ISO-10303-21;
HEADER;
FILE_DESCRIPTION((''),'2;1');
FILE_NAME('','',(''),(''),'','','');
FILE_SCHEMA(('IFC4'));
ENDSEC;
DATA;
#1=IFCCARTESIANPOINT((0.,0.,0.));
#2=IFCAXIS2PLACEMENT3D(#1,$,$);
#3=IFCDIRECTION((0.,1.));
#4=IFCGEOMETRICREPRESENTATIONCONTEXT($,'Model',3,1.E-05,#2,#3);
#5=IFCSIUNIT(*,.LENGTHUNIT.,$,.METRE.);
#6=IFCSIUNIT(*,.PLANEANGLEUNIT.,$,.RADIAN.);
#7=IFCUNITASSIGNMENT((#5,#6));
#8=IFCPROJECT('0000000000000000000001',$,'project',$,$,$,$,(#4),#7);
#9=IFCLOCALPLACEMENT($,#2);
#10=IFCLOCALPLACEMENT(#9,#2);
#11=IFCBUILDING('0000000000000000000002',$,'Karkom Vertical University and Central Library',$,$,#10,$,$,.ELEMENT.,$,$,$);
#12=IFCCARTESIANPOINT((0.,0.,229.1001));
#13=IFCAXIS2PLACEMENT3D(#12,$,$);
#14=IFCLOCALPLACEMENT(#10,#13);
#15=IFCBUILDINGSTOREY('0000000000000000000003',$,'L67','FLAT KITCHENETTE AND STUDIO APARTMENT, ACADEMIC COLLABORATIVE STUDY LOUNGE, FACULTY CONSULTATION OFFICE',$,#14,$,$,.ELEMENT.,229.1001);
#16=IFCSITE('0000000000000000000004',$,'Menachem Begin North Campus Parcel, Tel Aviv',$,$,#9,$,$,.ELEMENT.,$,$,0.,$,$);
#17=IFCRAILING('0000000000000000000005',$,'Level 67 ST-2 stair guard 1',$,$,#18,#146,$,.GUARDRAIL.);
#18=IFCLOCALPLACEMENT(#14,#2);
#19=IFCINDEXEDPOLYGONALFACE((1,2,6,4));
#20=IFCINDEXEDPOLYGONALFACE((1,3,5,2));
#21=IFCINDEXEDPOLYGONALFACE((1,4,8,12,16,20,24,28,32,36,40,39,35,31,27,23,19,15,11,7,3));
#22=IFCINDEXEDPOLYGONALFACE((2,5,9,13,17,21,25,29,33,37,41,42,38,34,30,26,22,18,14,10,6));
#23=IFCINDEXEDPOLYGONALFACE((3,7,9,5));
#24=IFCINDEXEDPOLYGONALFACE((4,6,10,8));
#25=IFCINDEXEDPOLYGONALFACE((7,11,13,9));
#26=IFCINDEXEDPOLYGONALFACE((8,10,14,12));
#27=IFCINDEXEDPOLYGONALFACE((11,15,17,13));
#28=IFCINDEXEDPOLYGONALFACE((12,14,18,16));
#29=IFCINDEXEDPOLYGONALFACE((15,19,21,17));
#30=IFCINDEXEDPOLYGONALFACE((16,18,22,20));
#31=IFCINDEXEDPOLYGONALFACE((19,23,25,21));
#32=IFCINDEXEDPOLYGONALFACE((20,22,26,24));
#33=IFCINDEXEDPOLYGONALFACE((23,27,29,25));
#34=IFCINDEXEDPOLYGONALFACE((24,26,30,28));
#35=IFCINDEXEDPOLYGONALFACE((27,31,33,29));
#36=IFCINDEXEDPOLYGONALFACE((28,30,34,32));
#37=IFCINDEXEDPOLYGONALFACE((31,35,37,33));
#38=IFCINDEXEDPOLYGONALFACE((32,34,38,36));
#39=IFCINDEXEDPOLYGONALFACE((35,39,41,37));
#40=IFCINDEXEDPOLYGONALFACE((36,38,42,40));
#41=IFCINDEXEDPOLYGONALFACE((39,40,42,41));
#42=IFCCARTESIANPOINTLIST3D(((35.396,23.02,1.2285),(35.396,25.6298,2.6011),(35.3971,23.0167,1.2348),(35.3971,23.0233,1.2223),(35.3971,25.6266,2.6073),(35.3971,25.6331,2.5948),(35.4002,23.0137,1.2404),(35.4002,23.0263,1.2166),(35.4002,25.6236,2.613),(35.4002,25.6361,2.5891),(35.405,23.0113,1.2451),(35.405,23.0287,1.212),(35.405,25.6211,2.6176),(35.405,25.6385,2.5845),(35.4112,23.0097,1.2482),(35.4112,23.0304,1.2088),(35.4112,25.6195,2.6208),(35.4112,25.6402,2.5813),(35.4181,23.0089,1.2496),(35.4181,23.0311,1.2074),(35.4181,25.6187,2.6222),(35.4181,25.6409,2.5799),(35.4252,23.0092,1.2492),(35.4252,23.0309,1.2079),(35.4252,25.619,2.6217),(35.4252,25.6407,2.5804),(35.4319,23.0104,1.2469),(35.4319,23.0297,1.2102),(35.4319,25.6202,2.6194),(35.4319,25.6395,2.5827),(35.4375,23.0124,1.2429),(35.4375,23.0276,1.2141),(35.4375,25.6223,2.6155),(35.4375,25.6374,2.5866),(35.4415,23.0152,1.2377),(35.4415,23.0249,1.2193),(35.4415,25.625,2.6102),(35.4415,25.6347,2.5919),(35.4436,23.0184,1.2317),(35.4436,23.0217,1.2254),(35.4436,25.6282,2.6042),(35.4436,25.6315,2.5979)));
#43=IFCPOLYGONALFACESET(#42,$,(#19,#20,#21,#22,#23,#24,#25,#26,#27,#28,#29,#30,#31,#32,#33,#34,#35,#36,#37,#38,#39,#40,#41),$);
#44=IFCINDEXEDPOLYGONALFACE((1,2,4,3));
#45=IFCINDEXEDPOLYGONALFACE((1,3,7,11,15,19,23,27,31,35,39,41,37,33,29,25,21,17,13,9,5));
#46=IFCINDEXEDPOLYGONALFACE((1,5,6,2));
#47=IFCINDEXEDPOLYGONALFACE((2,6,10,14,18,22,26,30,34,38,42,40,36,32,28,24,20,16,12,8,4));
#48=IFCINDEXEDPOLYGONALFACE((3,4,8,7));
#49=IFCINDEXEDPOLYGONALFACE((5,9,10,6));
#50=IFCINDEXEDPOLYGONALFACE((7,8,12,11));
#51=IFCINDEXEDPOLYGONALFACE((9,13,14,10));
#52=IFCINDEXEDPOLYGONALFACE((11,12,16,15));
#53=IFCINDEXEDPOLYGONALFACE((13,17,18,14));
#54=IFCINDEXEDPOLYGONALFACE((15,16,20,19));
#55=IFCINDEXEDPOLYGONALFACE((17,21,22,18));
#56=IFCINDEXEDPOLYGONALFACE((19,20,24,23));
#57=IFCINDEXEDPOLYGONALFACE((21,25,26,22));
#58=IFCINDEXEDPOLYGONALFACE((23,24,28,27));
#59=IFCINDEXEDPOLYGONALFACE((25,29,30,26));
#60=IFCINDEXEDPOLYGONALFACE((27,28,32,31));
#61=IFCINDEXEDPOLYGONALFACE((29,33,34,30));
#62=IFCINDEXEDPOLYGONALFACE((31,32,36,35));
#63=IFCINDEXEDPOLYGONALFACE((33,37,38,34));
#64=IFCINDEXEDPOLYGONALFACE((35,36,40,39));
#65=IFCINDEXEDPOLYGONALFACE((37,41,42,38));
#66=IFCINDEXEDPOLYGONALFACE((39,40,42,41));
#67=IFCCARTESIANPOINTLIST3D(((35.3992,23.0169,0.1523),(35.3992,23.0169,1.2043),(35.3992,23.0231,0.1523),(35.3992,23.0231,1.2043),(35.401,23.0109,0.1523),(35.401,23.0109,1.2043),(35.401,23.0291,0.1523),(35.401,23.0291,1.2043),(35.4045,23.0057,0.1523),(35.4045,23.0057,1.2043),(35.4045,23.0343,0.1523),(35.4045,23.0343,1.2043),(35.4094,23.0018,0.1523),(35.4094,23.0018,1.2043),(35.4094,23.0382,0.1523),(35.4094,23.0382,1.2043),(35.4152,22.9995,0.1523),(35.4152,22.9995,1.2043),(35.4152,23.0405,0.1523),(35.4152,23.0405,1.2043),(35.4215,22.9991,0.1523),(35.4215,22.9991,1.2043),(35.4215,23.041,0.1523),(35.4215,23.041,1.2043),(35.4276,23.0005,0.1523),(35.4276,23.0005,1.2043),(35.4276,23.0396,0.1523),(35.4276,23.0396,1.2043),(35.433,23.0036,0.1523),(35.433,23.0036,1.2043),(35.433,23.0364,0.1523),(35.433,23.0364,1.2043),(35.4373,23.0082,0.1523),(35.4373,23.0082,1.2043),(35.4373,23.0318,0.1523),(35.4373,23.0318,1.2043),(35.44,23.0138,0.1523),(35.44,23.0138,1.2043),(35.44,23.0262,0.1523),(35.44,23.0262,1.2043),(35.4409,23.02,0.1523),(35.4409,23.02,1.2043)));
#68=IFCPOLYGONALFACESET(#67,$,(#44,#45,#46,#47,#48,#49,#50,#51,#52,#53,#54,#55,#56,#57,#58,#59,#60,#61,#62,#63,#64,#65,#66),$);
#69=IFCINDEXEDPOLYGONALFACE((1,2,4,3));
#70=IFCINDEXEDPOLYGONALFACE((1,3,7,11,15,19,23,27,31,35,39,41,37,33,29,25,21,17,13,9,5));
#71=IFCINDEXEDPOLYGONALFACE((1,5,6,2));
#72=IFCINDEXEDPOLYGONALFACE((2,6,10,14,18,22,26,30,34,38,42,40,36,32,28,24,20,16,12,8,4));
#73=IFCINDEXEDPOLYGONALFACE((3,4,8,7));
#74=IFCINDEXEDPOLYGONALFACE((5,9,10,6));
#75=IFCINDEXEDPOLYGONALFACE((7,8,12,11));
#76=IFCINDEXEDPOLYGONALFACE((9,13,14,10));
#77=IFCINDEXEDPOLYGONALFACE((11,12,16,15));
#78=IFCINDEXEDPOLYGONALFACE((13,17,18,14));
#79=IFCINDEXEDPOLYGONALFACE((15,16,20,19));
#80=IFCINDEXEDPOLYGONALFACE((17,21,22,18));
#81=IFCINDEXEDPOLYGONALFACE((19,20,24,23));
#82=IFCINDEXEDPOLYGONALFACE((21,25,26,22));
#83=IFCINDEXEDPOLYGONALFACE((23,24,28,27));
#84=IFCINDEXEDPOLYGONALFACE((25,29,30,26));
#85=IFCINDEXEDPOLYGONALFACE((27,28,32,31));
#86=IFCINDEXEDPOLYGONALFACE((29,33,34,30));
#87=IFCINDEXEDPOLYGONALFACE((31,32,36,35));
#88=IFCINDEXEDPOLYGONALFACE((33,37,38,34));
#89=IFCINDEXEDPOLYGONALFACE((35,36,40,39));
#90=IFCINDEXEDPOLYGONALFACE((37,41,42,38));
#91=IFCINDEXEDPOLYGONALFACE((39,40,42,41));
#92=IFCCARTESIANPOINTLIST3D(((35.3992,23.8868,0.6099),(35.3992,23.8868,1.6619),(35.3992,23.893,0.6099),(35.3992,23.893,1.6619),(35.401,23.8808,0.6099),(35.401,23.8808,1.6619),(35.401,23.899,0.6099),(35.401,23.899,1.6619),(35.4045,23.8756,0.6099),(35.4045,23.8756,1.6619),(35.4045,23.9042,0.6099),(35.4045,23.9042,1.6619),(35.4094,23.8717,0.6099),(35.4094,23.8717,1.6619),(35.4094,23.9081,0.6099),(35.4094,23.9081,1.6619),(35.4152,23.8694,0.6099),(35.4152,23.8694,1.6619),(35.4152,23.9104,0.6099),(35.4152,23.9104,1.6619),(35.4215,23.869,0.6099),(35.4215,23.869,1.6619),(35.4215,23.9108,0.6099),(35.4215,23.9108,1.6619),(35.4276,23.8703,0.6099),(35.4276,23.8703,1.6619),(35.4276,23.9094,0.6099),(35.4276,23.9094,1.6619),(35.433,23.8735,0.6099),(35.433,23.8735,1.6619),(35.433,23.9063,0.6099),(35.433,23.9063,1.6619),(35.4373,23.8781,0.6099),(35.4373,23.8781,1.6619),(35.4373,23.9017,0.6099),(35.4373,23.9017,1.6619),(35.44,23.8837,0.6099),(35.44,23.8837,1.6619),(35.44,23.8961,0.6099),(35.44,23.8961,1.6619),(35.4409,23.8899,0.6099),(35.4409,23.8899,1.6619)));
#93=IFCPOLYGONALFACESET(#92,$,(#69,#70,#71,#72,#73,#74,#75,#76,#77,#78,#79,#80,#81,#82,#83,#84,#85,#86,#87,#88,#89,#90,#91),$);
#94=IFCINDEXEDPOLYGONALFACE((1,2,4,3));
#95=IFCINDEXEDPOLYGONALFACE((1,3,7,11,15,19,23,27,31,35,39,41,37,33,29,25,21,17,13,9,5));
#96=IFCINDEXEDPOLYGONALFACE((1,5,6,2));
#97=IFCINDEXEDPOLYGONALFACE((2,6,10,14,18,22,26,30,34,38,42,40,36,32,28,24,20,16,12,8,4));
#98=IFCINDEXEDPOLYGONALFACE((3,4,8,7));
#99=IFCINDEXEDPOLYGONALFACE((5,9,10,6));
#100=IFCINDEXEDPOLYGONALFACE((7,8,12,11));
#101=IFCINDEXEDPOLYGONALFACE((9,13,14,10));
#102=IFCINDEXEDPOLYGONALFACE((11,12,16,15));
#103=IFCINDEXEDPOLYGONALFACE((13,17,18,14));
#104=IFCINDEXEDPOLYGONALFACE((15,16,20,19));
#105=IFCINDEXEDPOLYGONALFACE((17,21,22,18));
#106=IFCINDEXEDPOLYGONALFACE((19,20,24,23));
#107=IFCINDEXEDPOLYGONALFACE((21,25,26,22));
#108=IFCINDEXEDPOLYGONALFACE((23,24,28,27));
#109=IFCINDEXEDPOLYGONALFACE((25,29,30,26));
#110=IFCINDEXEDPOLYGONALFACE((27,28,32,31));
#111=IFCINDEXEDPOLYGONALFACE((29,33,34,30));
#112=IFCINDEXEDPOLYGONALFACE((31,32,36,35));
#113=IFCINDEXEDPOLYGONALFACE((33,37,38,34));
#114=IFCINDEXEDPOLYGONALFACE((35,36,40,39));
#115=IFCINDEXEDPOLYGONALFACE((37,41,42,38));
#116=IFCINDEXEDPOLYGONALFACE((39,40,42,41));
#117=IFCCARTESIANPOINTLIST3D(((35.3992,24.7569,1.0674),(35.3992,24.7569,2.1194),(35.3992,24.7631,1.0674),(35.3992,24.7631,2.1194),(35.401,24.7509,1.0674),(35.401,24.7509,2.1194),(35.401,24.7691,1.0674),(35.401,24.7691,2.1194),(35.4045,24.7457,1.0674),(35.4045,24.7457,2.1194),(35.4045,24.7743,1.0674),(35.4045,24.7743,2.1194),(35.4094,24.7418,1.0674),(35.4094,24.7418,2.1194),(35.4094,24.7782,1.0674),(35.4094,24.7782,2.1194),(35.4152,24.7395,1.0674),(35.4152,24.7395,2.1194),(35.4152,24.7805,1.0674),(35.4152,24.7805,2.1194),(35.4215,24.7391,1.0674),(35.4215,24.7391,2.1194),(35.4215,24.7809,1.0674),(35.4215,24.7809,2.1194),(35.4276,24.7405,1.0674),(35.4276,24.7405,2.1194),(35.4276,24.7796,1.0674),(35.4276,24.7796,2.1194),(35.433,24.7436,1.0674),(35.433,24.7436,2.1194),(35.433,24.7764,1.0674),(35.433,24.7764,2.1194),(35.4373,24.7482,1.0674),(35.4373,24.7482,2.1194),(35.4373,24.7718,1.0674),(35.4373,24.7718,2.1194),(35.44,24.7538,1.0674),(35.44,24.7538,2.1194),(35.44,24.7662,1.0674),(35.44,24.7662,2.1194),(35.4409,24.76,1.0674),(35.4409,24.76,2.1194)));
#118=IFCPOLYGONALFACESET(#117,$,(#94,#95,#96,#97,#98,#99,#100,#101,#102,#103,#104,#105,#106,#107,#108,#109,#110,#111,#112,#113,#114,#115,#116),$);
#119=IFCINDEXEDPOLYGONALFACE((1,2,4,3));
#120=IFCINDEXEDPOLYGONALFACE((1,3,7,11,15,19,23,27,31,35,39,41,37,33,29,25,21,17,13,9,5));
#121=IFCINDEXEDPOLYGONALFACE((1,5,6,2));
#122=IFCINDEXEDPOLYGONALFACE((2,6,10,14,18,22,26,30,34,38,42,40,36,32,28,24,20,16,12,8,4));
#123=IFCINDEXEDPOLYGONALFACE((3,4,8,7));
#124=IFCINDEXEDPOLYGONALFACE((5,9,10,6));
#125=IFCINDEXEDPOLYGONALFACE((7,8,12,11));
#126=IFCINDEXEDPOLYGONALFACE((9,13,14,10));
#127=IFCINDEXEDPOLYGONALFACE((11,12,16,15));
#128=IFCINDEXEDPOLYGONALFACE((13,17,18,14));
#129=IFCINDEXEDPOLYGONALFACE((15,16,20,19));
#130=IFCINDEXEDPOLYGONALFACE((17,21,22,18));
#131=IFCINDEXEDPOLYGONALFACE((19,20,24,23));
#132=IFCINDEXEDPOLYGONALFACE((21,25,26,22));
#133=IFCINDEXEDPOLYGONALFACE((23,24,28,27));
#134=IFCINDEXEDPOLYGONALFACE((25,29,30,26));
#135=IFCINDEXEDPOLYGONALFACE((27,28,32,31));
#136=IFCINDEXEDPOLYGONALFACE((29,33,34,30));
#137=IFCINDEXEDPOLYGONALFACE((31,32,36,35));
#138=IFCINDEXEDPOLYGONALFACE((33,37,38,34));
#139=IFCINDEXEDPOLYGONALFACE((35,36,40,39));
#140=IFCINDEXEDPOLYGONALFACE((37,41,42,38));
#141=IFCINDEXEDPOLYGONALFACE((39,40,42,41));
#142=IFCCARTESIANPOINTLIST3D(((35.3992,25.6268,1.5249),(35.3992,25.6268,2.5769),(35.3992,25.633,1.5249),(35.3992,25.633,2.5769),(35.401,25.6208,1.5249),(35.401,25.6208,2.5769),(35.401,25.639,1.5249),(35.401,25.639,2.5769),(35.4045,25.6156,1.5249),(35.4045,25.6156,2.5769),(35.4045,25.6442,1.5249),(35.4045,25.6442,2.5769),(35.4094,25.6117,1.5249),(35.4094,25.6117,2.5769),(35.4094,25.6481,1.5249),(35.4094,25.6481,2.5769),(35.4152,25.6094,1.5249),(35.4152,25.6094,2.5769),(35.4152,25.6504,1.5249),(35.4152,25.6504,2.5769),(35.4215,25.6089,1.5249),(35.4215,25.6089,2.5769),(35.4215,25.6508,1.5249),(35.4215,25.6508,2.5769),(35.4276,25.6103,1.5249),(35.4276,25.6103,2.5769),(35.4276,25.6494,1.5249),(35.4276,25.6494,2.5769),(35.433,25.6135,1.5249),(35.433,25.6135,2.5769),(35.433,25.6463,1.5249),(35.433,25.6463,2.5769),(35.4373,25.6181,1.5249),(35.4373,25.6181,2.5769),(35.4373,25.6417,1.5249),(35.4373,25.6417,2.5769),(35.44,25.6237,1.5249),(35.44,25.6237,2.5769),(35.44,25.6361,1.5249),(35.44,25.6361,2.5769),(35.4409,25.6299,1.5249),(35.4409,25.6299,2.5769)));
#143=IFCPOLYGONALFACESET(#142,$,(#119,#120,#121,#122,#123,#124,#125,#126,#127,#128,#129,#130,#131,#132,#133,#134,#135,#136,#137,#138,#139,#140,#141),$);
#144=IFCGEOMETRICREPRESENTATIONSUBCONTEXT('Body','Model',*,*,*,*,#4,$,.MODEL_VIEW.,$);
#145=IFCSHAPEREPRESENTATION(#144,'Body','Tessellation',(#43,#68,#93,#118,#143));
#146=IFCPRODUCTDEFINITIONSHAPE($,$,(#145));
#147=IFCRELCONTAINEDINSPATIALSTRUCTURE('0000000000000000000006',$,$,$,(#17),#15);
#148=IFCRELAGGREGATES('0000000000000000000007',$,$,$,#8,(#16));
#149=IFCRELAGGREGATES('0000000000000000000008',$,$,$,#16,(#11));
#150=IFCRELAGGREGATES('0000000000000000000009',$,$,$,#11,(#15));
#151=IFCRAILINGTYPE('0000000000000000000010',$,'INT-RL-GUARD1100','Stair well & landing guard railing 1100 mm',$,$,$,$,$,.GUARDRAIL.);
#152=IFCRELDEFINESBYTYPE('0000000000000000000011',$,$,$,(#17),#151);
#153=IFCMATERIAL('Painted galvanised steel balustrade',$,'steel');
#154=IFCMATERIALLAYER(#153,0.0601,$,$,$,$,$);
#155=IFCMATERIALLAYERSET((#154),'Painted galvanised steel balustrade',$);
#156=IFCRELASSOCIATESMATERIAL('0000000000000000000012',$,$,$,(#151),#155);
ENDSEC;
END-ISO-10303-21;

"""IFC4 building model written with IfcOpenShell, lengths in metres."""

from ifc_helpers import new_model, si_unit, direction, frame, origin, origin_2d, place, context, subcontext, project, spatial, circle, extrude, material, layer, layer_set, type_object, element, save


model = new_model("IFC4")

# Units and contexts
model_context = context("Model", 3, precision=1e-05, world=origin(), true_north=direction((0.0, 1.0)))
body_context = subcontext(model_context, "Body", "Model", "MODEL_VIEW")
ifc_project = project(units=[si_unit("LENGTHUNIT", "METRE"), si_unit("PLANEANGLEUNIT", "RADIAN")], contexts=[model_context])

# Site, building, storey
site_placement = place(None, origin())
site = spatial("IfcSite", under=ifc_project, at=site_placement, Name="Menachem Begin North Campus Parcel, Tel Aviv", CompositionType="ELEMENT", RefElevation=0.0)
building_placement = place(site_placement, origin())
building = spatial("IfcBuilding", under=site, at=building_placement, Name="Karkom Vertical University and Central Library", CompositionType="ELEMENT")
storey_placement = place(building_placement, frame((0.0, 0.0, 229.1001)))
storey = spatial("IfcBuildingStorey", under=building, at=storey_placement, Name="L67", Description="FLAT KITCHENETTE AND STUDIO APARTMENT, ACADEMIC COLLABORATIVE STUDY LOUNGE, FACULTY CONSULTATION OFFICE", CompositionType="ELEMENT", Elevation=229.1001)

# Railing
ifc_material_1 = material(Name="Painted galvanised steel balustrade", Category="steel")
ifc_layer_1 = layer(ifc_material_1, 0.0601)
ifc_layer_set_1 = layer_set([ifc_layer_1], Name="Painted galvanised steel balustrade")
railing_type_1 = type_object("IfcRailingType", Name="INT-RL-GUARD1100", Description="Stair well & landing guard railing 1100 mm", PredefinedType="GUARDRAIL", material=ifc_layer_set_1)
railing_1_placement = place(storey_placement, frame((35.4199, 23.02, 0.1523)))
element("IfcRailing", 1, at=railing_1_placement, inside=storey, type_object=railing_type_1, Name="Level 67 ST-2 stair guard 1", PredefinedType="GUARDRAIL", context=body_context, shape_type="SweptSolid", body=[
    extrude(circle(Radius=0.0239, at=origin_2d()), frame((0.0, 0.0, 1.0762), z_axis=(0.0, 0.885065, 0.465467), x_axis=(-1.0, 0.0, 0.0)), (0.0, 0.0, 1.0), 2.9487),
    extrude(circle(Radius=0.021, at=origin_2d()), origin(), (0.0, 0.0, 1.0), 1.052),
    extrude(circle(Radius=0.021, at=origin_2d()), frame((0.0, 0.8699, 0.4575)), (0.0, 0.0, 1.0), 1.052),
    extrude(circle(Radius=0.021, at=origin_2d()), frame((0.0, 1.74, 0.915)), (0.0, 0.0, 1.0), 1.052),
    extrude(circle(Radius=0.021, at=origin_2d()), frame((0.0, 2.6099, 1.3726)), (0.0, 0.0, 1.0), 1.052),
])

save(model, "model.ifc")
